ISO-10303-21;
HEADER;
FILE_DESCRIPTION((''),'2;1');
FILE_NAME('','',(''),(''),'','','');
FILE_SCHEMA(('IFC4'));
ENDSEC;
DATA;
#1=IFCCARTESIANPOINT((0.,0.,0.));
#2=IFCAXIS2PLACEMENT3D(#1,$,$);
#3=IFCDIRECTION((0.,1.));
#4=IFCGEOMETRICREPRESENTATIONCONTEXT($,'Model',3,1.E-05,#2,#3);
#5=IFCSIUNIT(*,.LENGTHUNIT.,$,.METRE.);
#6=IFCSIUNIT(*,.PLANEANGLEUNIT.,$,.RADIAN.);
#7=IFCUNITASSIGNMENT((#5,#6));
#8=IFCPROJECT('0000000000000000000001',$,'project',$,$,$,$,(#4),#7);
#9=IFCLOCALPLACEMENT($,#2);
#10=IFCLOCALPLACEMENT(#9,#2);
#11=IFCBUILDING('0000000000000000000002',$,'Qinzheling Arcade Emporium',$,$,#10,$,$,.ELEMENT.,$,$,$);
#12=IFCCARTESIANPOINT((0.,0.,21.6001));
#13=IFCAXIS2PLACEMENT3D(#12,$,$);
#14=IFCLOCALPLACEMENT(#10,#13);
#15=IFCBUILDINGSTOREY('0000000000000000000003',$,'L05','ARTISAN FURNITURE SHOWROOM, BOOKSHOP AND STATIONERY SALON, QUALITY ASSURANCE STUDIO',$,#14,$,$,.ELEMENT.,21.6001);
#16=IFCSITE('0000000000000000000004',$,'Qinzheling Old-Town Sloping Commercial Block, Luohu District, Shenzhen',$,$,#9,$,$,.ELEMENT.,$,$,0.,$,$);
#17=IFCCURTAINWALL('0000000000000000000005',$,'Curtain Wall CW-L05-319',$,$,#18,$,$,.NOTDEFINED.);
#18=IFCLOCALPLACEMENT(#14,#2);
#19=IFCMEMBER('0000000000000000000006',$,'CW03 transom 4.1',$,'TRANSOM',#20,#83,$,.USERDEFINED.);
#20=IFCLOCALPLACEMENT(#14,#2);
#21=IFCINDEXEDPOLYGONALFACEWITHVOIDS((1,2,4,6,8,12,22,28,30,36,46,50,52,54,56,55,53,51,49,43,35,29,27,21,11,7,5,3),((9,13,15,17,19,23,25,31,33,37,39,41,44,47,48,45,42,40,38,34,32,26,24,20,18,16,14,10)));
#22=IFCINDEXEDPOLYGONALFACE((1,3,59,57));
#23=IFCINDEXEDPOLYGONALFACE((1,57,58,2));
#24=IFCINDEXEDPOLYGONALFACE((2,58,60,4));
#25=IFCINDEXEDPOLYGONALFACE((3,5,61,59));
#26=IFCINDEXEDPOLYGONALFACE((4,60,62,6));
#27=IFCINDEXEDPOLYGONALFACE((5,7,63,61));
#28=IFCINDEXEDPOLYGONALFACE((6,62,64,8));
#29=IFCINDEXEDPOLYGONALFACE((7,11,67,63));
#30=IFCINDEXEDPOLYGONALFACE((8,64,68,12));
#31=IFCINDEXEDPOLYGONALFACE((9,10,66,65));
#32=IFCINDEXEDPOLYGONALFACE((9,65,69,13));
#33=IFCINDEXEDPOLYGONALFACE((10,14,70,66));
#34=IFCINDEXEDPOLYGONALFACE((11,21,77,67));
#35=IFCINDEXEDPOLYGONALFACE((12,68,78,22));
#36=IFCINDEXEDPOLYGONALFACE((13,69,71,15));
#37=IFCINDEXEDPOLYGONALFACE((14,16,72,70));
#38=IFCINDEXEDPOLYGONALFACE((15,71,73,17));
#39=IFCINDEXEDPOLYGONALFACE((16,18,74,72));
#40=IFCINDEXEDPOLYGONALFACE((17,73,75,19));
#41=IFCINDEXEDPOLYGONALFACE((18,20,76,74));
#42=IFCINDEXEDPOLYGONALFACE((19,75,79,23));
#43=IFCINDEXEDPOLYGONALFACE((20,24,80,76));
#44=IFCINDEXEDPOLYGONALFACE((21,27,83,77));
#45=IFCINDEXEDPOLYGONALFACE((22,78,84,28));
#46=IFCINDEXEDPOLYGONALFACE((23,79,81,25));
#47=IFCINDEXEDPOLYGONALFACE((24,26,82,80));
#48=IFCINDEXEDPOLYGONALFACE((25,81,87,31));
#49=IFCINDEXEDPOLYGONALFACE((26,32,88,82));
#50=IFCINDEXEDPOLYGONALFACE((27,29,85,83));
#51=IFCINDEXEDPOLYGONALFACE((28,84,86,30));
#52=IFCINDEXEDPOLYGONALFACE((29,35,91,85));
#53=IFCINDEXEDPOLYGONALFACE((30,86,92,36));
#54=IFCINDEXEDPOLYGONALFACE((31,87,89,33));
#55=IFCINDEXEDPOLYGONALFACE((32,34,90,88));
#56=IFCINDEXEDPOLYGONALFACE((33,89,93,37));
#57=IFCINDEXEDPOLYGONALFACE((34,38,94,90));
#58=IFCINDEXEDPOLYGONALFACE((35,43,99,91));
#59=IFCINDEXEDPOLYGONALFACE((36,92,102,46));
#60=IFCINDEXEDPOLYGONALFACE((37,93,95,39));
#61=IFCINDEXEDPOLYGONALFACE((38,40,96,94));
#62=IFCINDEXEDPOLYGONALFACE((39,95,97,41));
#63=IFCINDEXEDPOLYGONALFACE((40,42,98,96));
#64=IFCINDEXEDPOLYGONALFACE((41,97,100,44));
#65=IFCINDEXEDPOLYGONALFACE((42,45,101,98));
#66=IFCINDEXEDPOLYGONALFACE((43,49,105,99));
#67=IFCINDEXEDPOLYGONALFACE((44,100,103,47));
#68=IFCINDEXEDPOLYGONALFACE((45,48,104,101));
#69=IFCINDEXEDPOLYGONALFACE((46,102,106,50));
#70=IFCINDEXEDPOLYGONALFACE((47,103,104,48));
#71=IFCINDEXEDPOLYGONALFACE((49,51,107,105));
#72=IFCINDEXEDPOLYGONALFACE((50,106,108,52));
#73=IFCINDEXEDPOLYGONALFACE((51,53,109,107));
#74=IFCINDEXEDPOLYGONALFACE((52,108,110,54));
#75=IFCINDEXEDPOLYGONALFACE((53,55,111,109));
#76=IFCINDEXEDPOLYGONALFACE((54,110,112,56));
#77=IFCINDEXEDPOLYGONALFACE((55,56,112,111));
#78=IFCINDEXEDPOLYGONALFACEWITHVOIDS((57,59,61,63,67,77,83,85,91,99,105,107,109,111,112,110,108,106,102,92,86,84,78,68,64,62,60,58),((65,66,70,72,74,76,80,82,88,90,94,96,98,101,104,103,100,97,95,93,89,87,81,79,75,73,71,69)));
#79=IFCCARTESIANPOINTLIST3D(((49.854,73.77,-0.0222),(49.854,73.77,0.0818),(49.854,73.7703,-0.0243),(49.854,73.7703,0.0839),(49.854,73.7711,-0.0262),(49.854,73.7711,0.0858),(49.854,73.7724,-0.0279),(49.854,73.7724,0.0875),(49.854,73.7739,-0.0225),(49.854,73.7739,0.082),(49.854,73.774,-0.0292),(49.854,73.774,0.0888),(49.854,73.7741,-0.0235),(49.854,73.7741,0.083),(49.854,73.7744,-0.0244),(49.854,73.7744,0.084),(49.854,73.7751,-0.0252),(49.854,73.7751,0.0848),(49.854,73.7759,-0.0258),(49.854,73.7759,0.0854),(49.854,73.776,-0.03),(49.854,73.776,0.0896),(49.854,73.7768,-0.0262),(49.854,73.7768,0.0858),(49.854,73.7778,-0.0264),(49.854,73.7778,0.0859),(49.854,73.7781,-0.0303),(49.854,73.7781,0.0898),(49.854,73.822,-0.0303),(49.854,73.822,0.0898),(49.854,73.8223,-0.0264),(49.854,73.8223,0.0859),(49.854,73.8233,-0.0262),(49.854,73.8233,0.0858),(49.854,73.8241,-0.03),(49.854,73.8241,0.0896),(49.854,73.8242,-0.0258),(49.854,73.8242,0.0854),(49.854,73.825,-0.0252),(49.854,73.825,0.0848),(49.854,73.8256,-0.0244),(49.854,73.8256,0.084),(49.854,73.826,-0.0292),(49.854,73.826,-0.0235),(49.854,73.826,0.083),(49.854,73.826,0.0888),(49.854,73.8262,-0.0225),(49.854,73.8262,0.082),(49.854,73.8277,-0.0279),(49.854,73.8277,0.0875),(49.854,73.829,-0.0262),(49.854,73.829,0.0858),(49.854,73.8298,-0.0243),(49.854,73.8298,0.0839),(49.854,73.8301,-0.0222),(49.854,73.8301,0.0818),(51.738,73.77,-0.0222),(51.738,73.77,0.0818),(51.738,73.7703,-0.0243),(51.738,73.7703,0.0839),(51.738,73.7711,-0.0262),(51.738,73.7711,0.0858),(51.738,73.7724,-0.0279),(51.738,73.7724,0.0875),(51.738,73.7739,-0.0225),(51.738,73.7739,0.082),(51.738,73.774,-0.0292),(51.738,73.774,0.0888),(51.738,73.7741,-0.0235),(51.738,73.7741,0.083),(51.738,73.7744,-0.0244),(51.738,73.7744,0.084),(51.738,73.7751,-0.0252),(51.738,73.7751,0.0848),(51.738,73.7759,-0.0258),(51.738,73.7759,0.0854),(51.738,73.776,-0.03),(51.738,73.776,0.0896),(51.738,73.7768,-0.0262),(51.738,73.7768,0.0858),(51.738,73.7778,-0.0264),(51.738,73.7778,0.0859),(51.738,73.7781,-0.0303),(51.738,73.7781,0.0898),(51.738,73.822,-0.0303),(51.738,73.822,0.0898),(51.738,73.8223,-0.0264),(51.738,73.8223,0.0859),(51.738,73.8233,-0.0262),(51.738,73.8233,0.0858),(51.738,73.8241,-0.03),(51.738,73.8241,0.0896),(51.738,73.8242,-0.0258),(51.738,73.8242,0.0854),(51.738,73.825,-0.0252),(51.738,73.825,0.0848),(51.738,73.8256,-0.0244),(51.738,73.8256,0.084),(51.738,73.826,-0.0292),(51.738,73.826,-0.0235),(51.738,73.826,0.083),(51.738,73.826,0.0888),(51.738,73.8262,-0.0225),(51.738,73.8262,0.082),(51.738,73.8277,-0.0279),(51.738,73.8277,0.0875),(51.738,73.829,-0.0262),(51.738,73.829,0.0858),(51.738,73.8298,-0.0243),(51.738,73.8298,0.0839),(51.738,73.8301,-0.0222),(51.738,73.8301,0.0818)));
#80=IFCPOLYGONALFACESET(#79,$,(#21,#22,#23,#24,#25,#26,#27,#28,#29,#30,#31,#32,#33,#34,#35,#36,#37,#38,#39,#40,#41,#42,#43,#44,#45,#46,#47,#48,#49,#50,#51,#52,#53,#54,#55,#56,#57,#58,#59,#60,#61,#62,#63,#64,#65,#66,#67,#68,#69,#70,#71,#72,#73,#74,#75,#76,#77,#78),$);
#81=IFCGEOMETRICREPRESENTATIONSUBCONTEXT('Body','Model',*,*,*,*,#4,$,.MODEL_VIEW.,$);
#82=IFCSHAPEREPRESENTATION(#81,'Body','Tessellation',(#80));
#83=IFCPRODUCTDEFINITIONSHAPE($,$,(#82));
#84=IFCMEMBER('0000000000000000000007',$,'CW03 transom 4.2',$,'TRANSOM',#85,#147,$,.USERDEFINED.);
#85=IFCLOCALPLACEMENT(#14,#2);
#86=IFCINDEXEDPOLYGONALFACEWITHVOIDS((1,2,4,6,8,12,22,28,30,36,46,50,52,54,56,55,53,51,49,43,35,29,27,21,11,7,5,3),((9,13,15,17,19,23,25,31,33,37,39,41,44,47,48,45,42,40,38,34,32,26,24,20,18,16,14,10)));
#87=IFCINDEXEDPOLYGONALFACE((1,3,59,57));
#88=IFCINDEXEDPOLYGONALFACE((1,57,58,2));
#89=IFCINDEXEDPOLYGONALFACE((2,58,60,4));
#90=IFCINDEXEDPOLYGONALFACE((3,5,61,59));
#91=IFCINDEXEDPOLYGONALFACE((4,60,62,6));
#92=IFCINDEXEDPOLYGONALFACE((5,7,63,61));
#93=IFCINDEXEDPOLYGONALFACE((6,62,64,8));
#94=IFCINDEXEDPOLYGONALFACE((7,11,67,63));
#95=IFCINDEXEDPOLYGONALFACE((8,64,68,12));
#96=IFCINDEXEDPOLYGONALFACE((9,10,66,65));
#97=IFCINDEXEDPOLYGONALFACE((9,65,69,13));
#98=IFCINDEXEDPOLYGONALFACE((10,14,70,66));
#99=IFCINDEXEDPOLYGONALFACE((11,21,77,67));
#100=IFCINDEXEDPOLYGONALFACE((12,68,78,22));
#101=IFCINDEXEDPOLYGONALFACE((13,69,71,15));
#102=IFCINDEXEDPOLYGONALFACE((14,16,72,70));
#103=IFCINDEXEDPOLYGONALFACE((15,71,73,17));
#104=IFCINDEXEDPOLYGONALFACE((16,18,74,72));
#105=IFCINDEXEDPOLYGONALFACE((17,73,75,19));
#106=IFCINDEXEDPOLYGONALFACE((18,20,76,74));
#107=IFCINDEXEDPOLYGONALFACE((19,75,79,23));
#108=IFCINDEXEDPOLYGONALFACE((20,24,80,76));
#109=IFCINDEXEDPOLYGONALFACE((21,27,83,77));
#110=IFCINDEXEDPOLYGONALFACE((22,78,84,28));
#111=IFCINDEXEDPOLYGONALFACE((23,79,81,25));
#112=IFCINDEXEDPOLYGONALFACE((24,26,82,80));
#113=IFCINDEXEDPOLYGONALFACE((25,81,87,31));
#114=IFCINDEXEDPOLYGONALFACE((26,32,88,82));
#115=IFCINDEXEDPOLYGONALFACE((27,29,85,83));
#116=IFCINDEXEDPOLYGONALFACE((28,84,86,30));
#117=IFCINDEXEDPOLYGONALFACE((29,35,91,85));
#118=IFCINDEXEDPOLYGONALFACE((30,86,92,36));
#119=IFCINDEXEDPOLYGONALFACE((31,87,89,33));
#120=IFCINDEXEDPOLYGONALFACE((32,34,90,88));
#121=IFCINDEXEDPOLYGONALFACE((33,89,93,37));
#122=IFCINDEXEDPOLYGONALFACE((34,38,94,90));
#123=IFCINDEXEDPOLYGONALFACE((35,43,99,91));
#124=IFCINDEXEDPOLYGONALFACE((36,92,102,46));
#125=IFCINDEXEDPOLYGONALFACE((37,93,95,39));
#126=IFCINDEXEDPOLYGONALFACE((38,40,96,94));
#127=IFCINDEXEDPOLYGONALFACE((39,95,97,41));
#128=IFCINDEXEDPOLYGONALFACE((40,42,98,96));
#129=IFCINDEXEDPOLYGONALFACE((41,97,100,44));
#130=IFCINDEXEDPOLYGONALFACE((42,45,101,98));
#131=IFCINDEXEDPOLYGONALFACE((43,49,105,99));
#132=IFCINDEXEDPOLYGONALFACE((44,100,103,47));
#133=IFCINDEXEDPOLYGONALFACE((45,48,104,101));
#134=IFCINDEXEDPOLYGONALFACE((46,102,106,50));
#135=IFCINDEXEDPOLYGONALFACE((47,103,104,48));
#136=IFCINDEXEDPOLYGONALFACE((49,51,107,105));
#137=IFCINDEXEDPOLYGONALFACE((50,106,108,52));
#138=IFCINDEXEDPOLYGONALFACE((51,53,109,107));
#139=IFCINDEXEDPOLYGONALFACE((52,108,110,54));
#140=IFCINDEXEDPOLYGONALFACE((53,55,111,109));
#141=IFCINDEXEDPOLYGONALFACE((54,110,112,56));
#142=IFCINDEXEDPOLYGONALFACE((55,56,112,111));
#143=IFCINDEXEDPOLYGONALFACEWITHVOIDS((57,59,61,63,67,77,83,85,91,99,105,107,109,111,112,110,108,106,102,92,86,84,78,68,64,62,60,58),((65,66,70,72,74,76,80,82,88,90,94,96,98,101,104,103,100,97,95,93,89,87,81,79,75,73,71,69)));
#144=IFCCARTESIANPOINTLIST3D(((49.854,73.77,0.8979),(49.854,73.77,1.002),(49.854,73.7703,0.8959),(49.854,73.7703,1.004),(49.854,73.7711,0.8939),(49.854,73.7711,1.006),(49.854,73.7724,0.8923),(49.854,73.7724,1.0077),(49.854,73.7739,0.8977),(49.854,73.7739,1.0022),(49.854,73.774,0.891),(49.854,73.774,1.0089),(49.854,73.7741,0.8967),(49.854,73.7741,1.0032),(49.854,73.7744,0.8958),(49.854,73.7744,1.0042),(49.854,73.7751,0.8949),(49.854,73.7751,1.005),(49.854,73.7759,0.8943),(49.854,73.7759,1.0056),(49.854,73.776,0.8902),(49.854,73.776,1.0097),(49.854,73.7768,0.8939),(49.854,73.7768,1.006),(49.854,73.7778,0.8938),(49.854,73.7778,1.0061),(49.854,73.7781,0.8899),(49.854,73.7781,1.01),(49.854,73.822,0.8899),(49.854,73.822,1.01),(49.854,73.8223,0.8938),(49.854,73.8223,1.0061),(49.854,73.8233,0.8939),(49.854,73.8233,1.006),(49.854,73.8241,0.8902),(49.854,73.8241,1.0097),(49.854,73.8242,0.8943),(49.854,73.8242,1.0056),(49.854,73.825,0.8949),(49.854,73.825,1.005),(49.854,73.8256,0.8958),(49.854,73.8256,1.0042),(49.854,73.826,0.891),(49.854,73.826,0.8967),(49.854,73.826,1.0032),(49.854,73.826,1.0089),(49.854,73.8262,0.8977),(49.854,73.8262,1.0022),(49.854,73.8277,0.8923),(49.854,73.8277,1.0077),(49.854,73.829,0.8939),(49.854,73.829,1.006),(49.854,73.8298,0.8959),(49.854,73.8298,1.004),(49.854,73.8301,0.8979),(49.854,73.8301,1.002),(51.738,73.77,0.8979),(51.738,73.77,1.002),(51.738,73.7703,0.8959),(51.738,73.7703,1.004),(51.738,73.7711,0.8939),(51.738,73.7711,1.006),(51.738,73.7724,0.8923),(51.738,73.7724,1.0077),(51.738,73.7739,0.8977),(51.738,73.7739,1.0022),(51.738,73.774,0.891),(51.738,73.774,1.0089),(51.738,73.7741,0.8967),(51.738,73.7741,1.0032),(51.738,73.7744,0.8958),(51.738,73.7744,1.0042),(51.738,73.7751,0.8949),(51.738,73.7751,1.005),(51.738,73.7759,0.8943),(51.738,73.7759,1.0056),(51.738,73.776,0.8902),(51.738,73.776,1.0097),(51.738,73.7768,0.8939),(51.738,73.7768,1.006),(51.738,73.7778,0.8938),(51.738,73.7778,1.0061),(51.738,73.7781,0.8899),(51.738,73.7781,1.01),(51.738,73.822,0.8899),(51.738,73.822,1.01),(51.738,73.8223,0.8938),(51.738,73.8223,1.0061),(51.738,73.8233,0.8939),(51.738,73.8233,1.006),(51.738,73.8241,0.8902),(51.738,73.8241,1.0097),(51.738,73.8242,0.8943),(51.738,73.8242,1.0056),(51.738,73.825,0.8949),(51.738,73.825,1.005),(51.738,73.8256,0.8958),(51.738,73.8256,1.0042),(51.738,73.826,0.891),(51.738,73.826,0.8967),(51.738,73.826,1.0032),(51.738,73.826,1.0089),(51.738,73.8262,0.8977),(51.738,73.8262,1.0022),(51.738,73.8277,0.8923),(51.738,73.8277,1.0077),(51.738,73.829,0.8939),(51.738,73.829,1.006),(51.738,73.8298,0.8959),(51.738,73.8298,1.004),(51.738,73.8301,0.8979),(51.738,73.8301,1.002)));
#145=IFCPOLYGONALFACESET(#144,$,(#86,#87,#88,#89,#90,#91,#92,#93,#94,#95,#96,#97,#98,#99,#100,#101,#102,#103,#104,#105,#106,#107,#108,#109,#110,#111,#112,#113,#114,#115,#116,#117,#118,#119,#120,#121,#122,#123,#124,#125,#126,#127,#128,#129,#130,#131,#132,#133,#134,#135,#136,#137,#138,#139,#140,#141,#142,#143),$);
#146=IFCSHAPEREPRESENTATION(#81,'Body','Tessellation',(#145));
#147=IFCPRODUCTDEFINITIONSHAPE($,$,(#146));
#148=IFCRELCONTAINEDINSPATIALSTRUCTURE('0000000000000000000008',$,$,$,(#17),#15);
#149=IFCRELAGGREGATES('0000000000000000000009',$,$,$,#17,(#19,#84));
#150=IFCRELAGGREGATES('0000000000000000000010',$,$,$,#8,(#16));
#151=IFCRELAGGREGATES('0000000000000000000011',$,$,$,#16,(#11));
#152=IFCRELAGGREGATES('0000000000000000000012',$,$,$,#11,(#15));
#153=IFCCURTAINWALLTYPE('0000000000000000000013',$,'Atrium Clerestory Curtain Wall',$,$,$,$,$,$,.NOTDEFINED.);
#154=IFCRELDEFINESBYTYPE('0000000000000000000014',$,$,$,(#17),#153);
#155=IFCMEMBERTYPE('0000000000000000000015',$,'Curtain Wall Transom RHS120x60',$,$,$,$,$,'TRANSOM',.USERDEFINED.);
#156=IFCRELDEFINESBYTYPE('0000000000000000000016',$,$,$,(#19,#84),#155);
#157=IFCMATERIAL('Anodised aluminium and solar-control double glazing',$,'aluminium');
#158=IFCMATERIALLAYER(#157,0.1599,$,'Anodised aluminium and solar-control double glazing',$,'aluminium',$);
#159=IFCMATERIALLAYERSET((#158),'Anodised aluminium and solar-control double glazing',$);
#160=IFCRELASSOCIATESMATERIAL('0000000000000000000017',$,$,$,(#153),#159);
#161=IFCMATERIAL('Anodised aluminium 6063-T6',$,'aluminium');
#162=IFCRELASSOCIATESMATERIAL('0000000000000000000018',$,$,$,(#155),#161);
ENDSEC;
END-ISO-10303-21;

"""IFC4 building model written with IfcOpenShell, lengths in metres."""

from ifc_helpers import new_model, si_unit, direction, frame, origin, origin_2d, place, context, subcontext, project, spatial, hollow_rectangle, extrude, material, layer, layer_set, material_profile, profile_set, type_object, element, aggregate, save


model = new_model("IFC4")

# Units and contexts
model_context = context("Model", 3, precision=1e-05, world=origin(), true_north=direction((0.0, 1.0)))
body_context = subcontext(model_context, "Body", "Model", "MODEL_VIEW")
ifc_project = project(units=[si_unit("LENGTHUNIT", "METRE"), si_unit("PLANEANGLEUNIT", "RADIAN")], contexts=[model_context])

# Site, building, storey
site_placement = place(None, origin())
site = spatial("IfcSite", under=ifc_project, at=site_placement, Name="Qinzheling Old-Town Sloping Commercial Block, Luohu District, Shenzhen", CompositionType="ELEMENT", RefElevation=0.0)
building_placement = place(site_placement, origin())
building = spatial("IfcBuilding", under=site, at=building_placement, Name="Qinzheling Arcade Emporium", CompositionType="ELEMENT")
storey_placement = place(building_placement, frame((0.0, 0.0, 21.6001)))
storey = spatial("IfcBuildingStorey", under=building, at=storey_placement, Name="L05", Description="ARTISAN FURNITURE SHOWROOM, BOOKSHOP AND STATIONERY SALON, QUALITY ASSURANCE STUDIO", CompositionType="ELEMENT", Elevation=21.6001)

# Curtain wall
ifc_material_1 = material(Name="Anodised aluminium and solar-control double glazing", Category="aluminium")
ifc_layer_1 = layer(ifc_material_1, 0.1599, Name="Anodised aluminium and solar-control double glazing", Category="aluminium")
ifc_layer_set_1 = layer_set([ifc_layer_1], Name="Anodised aluminium and solar-control double glazing")
curtain_wall_type = type_object("IfcCurtainWallType", Name="Atrium Clerestory Curtain Wall", PredefinedType="NOTDEFINED", material=ifc_layer_set_1)
curtain_wall_1_placement = place(storey_placement, origin())
curtain_wall_1 = element("IfcCurtainWall", 1, at=curtain_wall_1_placement, inside=storey, type_object=curtain_wall_type, Name="Curtain Wall CW-L05-319", PredefinedType="NOTDEFINED")
ifc_material_2 = material(Name="Anodised aluminium 6063-T6", Category="aluminium")

# Members
ifc_material_profile_1 = material_profile(ifc_material_2, hollow_rectangle(XDim=0.0601, YDim=0.1201, WallThickness=0.0039, InnerFilletRadius=0.0039, OuterFilletRadius=0.0081, at=origin_2d()), Name="RHS 120x60x4", Category="aluminium")
ifc_profile_set_1 = profile_set([ifc_material_profile_1], Name="Anodised aluminium 6063-T6")
member_type_1 = type_object("IfcMemberType", Name="Curtain Wall Transom RHS120x60", ElementType="TRANSOM", PredefinedType="USERDEFINED", material=ifc_profile_set_1)
member_1_placement = place(storey_placement, frame((49.854, 73.8, 0.0298), z_axis=(1.0, 0.0, 0.0), x_axis=(0.0, 1.0, 0.0)))
member_1 = element("IfcMember", 2, at=member_1_placement, type_object=member_type_1, Name="CW03 transom 4.1", ObjectType="TRANSOM", PredefinedType="USERDEFINED", context=body_context, shape_type="SweptSolid", body=[
    extrude(hollow_rectangle(XDim=0.0601, YDim=0.1201, WallThickness=0.0039, InnerFilletRadius=0.0039, OuterFilletRadius=0.0081, at=origin_2d()), origin(), (0.0, 0.0, 1.0), 1.884),
])
member_2_placement = place(storey_placement, frame((49.854, 73.8, 0.95), z_axis=(1.0, 0.0, 0.0), x_axis=(0.0, 1.0, 0.0)))
member_2 = element("IfcMember", 3, at=member_2_placement, type_object=member_type_1, Name="CW03 transom 4.2", ObjectType="TRANSOM", PredefinedType="USERDEFINED", context=body_context, shape_type="SweptSolid", body=[
    extrude(hollow_rectangle(XDim=0.0601, YDim=0.1201, WallThickness=0.0039, InnerFilletRadius=0.0039, OuterFilletRadius=0.0081, at=origin_2d()), origin(), (0.0, 0.0, 1.0), 1.884),
])

aggregate(curtain_wall_1, [member_1, member_2])

save(model, "model.ifc")
